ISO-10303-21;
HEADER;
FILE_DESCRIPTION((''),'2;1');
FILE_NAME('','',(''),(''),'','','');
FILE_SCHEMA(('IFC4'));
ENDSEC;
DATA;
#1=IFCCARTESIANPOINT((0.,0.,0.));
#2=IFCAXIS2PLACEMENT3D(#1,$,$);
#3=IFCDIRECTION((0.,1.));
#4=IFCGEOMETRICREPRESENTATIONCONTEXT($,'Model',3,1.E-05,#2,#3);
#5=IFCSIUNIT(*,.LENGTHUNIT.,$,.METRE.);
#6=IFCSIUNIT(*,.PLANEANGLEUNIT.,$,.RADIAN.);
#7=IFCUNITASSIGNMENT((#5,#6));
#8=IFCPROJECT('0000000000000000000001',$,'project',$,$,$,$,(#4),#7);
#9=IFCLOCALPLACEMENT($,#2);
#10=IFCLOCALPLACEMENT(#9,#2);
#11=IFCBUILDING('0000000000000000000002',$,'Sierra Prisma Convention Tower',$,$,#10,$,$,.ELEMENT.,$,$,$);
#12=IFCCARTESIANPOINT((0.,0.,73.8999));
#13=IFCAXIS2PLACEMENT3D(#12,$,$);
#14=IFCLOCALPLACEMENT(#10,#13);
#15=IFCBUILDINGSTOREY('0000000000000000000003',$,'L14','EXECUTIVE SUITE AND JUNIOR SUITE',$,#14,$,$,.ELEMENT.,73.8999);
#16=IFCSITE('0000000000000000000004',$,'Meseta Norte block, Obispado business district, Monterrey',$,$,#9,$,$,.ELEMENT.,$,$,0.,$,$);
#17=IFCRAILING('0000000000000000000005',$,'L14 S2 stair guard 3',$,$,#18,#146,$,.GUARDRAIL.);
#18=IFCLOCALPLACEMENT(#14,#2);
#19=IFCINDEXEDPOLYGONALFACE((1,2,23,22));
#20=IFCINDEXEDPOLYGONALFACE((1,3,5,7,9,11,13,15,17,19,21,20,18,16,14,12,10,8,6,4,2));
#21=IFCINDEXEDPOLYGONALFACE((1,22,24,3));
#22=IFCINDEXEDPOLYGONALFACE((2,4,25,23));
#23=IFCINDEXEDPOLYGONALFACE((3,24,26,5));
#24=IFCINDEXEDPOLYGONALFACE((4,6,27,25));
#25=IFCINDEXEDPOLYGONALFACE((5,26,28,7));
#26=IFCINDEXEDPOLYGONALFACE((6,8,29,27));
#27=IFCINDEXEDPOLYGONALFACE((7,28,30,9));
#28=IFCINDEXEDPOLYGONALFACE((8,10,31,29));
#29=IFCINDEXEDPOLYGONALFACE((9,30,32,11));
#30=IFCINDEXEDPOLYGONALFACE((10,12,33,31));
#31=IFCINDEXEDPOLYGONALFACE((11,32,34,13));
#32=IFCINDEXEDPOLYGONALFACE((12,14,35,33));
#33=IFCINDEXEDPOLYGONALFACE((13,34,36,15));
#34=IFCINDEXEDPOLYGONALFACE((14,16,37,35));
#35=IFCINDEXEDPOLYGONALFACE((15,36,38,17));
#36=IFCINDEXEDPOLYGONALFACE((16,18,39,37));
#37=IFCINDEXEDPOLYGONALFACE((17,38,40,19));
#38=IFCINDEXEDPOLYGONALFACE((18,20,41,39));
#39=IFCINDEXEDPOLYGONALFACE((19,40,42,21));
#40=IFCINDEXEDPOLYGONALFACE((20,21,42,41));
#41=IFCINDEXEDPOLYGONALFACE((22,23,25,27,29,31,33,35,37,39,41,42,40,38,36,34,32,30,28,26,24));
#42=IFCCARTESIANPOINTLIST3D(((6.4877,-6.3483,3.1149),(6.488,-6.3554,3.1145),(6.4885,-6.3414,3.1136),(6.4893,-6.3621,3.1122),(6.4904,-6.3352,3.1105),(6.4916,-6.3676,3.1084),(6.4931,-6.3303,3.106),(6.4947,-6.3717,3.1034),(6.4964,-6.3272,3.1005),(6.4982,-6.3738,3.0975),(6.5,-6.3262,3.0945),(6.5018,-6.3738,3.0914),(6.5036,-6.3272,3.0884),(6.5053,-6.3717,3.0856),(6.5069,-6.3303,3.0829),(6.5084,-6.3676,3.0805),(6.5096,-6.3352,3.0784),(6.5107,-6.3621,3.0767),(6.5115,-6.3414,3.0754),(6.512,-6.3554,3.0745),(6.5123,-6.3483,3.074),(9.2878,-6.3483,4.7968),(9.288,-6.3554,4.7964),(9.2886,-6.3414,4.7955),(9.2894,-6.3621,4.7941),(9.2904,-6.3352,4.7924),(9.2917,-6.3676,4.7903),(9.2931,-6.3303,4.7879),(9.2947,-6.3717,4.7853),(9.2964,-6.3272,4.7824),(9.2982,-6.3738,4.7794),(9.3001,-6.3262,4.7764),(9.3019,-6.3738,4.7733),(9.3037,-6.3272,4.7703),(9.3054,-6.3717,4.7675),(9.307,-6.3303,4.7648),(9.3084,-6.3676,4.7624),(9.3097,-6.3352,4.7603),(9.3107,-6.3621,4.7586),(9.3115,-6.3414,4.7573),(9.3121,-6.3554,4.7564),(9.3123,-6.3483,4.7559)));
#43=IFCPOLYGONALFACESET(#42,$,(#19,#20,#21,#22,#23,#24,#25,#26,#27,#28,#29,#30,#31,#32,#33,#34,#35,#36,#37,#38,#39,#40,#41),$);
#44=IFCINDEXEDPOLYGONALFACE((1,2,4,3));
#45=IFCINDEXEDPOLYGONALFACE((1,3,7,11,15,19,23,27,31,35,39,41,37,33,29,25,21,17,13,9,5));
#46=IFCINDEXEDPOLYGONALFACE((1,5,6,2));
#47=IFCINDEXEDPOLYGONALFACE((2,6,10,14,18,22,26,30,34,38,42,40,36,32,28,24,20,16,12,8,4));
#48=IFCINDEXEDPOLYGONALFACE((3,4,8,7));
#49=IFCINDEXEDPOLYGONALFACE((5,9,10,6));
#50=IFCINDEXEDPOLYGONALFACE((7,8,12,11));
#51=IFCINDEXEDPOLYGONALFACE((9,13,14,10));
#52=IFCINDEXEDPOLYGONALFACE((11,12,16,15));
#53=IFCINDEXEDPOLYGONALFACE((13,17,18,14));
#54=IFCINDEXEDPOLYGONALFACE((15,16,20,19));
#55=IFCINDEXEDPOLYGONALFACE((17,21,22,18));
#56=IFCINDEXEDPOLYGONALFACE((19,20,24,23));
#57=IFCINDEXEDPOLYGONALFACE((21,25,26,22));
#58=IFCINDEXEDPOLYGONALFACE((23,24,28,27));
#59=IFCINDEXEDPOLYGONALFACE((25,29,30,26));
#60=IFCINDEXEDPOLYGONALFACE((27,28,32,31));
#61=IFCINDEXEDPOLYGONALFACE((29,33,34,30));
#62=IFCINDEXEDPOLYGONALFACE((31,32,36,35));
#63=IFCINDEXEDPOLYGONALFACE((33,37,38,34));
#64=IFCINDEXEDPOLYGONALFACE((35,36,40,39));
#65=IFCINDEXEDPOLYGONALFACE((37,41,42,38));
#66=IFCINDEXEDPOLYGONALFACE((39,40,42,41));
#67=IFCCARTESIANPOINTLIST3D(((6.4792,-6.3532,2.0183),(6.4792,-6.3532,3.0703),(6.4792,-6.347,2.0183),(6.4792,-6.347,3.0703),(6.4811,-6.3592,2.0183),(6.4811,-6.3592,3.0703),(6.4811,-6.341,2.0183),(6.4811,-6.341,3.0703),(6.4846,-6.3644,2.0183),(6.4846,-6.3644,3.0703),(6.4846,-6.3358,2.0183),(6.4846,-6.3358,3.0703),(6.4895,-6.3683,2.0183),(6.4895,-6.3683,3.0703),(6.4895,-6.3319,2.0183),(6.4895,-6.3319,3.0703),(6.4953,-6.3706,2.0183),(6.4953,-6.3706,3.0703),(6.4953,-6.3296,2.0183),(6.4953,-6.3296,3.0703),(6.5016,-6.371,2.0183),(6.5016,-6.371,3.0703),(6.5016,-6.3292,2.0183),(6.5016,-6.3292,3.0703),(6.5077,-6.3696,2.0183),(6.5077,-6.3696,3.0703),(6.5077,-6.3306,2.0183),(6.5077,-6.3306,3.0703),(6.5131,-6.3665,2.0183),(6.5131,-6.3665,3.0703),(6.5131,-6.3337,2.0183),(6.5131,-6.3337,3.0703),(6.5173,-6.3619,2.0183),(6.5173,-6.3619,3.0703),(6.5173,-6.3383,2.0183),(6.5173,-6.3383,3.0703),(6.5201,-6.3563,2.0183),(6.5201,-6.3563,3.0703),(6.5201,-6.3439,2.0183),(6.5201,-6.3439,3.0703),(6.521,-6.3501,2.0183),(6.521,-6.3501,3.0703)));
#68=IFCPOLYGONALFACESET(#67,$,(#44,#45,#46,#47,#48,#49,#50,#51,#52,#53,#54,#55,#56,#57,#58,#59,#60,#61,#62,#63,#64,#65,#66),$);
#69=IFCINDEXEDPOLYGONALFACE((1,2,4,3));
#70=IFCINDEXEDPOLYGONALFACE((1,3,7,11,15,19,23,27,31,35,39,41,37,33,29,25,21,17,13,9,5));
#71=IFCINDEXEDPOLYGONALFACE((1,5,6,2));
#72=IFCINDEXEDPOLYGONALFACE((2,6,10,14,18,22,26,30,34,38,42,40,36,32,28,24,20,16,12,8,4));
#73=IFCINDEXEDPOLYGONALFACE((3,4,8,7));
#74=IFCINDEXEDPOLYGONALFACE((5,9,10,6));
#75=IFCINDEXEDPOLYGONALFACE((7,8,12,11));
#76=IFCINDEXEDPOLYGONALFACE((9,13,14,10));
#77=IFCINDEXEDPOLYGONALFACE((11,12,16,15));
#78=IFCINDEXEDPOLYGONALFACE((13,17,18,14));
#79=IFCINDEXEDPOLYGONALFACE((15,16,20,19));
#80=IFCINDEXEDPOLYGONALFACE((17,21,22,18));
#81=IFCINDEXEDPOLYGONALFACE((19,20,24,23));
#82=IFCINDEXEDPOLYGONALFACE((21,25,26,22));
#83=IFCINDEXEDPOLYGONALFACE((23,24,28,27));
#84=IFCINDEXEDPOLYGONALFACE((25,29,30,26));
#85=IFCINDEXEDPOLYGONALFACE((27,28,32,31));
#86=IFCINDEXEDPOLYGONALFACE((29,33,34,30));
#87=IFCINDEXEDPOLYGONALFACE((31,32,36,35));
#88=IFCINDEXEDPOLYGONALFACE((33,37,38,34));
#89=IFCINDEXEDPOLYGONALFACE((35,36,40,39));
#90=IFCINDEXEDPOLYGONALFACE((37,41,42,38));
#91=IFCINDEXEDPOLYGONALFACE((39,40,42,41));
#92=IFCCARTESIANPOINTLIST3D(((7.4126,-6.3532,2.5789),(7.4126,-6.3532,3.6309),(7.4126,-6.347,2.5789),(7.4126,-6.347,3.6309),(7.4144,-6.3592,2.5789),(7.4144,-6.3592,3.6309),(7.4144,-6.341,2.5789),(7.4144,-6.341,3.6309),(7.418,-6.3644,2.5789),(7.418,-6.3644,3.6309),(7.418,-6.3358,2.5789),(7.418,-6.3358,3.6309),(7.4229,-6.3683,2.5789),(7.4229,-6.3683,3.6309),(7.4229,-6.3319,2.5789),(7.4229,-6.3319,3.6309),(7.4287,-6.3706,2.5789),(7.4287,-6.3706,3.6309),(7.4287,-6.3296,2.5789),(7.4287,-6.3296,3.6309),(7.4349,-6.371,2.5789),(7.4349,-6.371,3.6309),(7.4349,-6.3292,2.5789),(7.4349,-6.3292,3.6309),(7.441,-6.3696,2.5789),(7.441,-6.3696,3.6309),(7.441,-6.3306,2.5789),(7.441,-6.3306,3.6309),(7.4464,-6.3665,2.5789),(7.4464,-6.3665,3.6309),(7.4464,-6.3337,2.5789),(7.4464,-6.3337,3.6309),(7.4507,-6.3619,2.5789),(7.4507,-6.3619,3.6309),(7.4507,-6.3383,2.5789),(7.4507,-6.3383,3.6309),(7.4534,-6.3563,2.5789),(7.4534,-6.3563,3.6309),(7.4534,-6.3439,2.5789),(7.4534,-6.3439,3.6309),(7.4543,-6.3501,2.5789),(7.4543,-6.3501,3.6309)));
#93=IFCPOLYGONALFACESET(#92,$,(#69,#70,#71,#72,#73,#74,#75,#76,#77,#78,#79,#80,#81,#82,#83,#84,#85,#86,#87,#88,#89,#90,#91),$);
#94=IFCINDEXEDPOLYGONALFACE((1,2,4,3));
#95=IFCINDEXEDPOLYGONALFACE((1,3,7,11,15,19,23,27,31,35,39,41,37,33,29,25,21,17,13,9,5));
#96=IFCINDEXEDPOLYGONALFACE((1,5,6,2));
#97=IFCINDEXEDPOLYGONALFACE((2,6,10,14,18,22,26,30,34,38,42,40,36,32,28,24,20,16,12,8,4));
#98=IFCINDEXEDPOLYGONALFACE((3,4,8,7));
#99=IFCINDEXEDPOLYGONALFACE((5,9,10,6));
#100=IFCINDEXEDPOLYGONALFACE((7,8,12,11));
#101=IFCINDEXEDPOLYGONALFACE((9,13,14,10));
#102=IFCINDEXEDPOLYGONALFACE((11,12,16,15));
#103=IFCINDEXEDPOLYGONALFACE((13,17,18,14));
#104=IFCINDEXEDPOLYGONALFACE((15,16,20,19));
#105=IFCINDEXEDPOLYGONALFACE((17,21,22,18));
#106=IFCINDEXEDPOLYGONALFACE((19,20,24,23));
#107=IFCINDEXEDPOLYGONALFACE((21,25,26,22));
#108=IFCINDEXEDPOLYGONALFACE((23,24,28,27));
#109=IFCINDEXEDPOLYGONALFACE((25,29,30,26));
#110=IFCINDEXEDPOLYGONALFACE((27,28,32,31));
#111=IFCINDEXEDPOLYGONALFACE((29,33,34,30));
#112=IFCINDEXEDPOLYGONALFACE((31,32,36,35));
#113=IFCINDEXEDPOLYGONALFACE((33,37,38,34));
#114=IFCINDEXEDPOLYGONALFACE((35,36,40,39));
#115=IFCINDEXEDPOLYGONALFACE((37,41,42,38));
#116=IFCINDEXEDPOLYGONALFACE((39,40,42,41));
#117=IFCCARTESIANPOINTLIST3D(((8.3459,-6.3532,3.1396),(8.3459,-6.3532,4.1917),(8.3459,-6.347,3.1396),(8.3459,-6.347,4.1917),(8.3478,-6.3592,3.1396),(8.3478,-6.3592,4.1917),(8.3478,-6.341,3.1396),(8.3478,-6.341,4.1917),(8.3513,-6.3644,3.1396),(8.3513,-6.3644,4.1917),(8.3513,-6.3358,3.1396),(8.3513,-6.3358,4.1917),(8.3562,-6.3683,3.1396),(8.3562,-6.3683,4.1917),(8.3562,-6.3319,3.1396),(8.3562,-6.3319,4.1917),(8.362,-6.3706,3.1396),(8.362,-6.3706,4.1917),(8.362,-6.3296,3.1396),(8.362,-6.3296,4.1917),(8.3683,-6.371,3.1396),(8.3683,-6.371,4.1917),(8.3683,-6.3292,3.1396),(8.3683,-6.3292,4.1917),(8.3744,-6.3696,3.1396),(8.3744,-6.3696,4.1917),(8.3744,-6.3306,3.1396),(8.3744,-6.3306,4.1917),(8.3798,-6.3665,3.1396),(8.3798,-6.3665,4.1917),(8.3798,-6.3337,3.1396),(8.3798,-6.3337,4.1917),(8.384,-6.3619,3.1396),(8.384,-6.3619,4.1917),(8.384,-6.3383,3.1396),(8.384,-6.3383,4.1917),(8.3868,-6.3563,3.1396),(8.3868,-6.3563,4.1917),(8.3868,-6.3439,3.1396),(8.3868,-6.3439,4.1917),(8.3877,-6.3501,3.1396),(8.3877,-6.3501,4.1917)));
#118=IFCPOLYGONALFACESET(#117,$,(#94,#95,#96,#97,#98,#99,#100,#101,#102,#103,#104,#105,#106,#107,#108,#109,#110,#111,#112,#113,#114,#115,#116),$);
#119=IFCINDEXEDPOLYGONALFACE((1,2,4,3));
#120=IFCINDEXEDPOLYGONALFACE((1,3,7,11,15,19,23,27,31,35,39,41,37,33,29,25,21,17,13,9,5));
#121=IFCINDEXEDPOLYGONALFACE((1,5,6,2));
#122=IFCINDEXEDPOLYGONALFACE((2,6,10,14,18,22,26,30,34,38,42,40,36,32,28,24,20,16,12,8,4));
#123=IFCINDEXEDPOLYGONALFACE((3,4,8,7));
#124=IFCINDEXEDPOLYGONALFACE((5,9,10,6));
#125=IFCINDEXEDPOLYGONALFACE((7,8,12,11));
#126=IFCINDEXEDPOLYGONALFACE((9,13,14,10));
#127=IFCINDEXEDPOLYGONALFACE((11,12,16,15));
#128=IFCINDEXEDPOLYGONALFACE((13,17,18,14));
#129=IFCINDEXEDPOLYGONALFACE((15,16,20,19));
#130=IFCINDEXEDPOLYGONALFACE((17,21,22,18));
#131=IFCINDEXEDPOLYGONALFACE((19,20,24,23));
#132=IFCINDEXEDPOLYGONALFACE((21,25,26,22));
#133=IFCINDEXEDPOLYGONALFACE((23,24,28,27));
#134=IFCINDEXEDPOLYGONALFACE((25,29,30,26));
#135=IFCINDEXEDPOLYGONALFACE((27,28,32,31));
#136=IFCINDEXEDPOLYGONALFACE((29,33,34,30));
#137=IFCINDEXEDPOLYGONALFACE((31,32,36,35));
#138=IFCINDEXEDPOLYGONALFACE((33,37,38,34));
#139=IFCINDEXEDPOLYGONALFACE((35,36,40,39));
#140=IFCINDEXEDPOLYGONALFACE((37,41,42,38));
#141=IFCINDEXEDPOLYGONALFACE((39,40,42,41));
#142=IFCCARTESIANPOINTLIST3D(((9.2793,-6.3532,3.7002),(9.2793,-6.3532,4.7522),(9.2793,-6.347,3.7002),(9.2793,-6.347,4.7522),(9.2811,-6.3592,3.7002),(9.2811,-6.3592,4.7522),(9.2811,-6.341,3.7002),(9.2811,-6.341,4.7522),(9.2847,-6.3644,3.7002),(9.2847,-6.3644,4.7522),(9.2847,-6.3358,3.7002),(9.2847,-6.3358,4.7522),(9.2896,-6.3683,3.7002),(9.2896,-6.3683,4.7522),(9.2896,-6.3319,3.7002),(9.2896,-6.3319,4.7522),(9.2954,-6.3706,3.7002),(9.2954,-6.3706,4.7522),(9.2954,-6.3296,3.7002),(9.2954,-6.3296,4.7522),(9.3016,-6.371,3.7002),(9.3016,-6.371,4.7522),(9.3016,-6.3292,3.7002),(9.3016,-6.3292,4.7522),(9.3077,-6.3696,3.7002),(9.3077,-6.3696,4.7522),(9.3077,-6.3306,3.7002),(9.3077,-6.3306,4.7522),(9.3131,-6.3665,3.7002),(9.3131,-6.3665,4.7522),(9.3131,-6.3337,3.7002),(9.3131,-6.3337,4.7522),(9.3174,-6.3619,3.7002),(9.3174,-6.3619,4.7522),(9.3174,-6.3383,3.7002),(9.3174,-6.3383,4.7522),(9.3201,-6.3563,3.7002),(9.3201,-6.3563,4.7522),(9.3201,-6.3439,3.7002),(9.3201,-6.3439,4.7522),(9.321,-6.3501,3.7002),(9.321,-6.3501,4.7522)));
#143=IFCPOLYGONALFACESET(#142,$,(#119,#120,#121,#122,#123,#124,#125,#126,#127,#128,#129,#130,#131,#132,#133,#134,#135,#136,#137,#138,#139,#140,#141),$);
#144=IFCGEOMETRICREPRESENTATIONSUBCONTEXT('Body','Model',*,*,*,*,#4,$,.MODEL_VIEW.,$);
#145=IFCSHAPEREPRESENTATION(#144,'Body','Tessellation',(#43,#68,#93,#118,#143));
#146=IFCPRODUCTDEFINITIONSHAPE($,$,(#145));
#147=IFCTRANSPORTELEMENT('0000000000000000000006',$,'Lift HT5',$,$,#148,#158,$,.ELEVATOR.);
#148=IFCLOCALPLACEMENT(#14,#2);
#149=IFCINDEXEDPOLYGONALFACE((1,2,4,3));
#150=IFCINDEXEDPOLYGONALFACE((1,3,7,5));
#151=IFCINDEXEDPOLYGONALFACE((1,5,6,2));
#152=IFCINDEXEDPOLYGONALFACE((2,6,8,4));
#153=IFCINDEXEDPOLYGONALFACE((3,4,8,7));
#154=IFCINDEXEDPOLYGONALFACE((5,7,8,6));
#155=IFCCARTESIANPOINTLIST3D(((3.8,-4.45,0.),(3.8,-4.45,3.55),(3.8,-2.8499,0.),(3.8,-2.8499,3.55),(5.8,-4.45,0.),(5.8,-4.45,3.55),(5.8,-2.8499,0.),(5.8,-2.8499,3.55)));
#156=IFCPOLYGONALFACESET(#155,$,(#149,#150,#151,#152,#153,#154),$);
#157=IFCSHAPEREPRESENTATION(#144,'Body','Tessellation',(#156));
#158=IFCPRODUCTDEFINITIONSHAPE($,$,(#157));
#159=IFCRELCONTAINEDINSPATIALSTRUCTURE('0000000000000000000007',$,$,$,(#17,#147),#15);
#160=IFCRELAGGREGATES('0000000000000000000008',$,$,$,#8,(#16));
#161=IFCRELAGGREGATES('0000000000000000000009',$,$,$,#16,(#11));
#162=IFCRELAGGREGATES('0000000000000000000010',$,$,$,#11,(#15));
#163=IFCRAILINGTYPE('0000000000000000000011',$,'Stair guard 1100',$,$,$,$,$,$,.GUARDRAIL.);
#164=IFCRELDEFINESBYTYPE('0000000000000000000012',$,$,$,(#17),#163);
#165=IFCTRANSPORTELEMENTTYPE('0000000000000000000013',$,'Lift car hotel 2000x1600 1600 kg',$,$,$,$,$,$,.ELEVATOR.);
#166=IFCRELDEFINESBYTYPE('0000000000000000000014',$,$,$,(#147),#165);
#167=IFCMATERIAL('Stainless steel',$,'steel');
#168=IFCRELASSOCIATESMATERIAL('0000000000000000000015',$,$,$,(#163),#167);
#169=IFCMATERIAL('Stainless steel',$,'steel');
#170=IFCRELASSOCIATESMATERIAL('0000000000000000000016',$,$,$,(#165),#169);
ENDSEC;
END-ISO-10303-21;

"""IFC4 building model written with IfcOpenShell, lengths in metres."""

from ifc_helpers import new_model, si_unit, direction, frame, origin, origin_2d, place, context, subcontext, project, spatial, rectangle, circle, extrude, material, type_object, element, save


model = new_model("IFC4")

# Units and contexts
model_context = context("Model", 3, precision=1e-05, world=origin(), true_north=direction((0.0, 1.0)))
body_context = subcontext(model_context, "Body", "Model", "MODEL_VIEW")
ifc_project = project(units=[si_unit("LENGTHUNIT", "METRE"), si_unit("PLANEANGLEUNIT", "RADIAN")], contexts=[model_context])

# Site, building, storey
site_placement = place(None, origin())
site = spatial("IfcSite", under=ifc_project, at=site_placement, Name="Meseta Norte block, Obispado business district, Monterrey", CompositionType="ELEMENT", RefElevation=0.0)
building_placement = place(site_placement, origin())
building = spatial("IfcBuilding", under=site, at=building_placement, Name="Sierra Prisma Convention Tower", CompositionType="ELEMENT")
storey_placement = place(building_placement, frame((0.0, 0.0, 73.8999)))
storey = spatial("IfcBuildingStorey", under=building, at=storey_placement, Name="L14", Description="EXECUTIVE SUITE AND JUNIOR SUITE", CompositionType="ELEMENT", Elevation=73.8999)

# Railing
ifc_material_1 = material(Name="Stainless steel", Category="steel")
railing_type_1 = type_object("IfcRailingType", Name="Stair guard 1100", PredefinedType="GUARDRAIL", material=ifc_material_1)
railing_1_placement = place(storey_placement, frame((6.5, -6.3501, 2.0183)))
element("IfcRailing", 1, at=railing_1_placement, inside=storey, type_object=railing_type_1, Name="L14 S2 stair guard 3", PredefinedType="GUARDRAIL", context=body_context, shape_type="SweptSolid", body=[
    extrude(circle(Radius=0.0239, at=origin_2d()), frame((0.0, 0.0, 1.0762), z_axis=(0.857242, 0.0, 0.514913), x_axis=(0.0, 1.0, 0.0)), (0.0, 0.0, 1.0), 3.2664),
    extrude(circle(Radius=0.021, at=origin_2d()), origin(), (0.0, 0.0, 1.0), 1.052),
    extrude(circle(Radius=0.021, at=origin_2d()), frame((0.9333, 0.0, 0.5605)), (0.0, 0.0, 1.0), 1.052),
    extrude(circle(Radius=0.021, at=origin_2d()), frame((1.8667, 0.0, 1.1213)), (0.0, 0.0, 1.0), 1.052),
    extrude(circle(Radius=0.021, at=origin_2d()), frame((2.8, 0.0, 1.6819)), (0.0, 0.0, 1.0), 1.052),
])

# Transport element
ifc_material_2 = material(Name="Stainless steel", Category="steel")
transport_element_type = type_object("IfcTransportElementType", Name="Lift car hotel 2000x1600 1600 kg", PredefinedType="ELEVATOR", material=ifc_material_2)
transport_element_placement = place(storey_placement, frame((4.8, -3.6499, 0.0), z_axis=(0.0, 0.0, 1.0), x_axis=(1.0, 0.0, 0.0)))
element("IfcTransportElement", 2, at=transport_element_placement, inside=storey, type_object=transport_element_type, Name="Lift HT5", PredefinedType="ELEVATOR", context=body_context, shape_type="SweptSolid", body=[
    extrude(rectangle(XDim=2.0, YDim=1.6001, at=origin_2d()), origin(), (0.0, 0.0, 1.0), 3.55),
])

save(model, "model.ifc")
